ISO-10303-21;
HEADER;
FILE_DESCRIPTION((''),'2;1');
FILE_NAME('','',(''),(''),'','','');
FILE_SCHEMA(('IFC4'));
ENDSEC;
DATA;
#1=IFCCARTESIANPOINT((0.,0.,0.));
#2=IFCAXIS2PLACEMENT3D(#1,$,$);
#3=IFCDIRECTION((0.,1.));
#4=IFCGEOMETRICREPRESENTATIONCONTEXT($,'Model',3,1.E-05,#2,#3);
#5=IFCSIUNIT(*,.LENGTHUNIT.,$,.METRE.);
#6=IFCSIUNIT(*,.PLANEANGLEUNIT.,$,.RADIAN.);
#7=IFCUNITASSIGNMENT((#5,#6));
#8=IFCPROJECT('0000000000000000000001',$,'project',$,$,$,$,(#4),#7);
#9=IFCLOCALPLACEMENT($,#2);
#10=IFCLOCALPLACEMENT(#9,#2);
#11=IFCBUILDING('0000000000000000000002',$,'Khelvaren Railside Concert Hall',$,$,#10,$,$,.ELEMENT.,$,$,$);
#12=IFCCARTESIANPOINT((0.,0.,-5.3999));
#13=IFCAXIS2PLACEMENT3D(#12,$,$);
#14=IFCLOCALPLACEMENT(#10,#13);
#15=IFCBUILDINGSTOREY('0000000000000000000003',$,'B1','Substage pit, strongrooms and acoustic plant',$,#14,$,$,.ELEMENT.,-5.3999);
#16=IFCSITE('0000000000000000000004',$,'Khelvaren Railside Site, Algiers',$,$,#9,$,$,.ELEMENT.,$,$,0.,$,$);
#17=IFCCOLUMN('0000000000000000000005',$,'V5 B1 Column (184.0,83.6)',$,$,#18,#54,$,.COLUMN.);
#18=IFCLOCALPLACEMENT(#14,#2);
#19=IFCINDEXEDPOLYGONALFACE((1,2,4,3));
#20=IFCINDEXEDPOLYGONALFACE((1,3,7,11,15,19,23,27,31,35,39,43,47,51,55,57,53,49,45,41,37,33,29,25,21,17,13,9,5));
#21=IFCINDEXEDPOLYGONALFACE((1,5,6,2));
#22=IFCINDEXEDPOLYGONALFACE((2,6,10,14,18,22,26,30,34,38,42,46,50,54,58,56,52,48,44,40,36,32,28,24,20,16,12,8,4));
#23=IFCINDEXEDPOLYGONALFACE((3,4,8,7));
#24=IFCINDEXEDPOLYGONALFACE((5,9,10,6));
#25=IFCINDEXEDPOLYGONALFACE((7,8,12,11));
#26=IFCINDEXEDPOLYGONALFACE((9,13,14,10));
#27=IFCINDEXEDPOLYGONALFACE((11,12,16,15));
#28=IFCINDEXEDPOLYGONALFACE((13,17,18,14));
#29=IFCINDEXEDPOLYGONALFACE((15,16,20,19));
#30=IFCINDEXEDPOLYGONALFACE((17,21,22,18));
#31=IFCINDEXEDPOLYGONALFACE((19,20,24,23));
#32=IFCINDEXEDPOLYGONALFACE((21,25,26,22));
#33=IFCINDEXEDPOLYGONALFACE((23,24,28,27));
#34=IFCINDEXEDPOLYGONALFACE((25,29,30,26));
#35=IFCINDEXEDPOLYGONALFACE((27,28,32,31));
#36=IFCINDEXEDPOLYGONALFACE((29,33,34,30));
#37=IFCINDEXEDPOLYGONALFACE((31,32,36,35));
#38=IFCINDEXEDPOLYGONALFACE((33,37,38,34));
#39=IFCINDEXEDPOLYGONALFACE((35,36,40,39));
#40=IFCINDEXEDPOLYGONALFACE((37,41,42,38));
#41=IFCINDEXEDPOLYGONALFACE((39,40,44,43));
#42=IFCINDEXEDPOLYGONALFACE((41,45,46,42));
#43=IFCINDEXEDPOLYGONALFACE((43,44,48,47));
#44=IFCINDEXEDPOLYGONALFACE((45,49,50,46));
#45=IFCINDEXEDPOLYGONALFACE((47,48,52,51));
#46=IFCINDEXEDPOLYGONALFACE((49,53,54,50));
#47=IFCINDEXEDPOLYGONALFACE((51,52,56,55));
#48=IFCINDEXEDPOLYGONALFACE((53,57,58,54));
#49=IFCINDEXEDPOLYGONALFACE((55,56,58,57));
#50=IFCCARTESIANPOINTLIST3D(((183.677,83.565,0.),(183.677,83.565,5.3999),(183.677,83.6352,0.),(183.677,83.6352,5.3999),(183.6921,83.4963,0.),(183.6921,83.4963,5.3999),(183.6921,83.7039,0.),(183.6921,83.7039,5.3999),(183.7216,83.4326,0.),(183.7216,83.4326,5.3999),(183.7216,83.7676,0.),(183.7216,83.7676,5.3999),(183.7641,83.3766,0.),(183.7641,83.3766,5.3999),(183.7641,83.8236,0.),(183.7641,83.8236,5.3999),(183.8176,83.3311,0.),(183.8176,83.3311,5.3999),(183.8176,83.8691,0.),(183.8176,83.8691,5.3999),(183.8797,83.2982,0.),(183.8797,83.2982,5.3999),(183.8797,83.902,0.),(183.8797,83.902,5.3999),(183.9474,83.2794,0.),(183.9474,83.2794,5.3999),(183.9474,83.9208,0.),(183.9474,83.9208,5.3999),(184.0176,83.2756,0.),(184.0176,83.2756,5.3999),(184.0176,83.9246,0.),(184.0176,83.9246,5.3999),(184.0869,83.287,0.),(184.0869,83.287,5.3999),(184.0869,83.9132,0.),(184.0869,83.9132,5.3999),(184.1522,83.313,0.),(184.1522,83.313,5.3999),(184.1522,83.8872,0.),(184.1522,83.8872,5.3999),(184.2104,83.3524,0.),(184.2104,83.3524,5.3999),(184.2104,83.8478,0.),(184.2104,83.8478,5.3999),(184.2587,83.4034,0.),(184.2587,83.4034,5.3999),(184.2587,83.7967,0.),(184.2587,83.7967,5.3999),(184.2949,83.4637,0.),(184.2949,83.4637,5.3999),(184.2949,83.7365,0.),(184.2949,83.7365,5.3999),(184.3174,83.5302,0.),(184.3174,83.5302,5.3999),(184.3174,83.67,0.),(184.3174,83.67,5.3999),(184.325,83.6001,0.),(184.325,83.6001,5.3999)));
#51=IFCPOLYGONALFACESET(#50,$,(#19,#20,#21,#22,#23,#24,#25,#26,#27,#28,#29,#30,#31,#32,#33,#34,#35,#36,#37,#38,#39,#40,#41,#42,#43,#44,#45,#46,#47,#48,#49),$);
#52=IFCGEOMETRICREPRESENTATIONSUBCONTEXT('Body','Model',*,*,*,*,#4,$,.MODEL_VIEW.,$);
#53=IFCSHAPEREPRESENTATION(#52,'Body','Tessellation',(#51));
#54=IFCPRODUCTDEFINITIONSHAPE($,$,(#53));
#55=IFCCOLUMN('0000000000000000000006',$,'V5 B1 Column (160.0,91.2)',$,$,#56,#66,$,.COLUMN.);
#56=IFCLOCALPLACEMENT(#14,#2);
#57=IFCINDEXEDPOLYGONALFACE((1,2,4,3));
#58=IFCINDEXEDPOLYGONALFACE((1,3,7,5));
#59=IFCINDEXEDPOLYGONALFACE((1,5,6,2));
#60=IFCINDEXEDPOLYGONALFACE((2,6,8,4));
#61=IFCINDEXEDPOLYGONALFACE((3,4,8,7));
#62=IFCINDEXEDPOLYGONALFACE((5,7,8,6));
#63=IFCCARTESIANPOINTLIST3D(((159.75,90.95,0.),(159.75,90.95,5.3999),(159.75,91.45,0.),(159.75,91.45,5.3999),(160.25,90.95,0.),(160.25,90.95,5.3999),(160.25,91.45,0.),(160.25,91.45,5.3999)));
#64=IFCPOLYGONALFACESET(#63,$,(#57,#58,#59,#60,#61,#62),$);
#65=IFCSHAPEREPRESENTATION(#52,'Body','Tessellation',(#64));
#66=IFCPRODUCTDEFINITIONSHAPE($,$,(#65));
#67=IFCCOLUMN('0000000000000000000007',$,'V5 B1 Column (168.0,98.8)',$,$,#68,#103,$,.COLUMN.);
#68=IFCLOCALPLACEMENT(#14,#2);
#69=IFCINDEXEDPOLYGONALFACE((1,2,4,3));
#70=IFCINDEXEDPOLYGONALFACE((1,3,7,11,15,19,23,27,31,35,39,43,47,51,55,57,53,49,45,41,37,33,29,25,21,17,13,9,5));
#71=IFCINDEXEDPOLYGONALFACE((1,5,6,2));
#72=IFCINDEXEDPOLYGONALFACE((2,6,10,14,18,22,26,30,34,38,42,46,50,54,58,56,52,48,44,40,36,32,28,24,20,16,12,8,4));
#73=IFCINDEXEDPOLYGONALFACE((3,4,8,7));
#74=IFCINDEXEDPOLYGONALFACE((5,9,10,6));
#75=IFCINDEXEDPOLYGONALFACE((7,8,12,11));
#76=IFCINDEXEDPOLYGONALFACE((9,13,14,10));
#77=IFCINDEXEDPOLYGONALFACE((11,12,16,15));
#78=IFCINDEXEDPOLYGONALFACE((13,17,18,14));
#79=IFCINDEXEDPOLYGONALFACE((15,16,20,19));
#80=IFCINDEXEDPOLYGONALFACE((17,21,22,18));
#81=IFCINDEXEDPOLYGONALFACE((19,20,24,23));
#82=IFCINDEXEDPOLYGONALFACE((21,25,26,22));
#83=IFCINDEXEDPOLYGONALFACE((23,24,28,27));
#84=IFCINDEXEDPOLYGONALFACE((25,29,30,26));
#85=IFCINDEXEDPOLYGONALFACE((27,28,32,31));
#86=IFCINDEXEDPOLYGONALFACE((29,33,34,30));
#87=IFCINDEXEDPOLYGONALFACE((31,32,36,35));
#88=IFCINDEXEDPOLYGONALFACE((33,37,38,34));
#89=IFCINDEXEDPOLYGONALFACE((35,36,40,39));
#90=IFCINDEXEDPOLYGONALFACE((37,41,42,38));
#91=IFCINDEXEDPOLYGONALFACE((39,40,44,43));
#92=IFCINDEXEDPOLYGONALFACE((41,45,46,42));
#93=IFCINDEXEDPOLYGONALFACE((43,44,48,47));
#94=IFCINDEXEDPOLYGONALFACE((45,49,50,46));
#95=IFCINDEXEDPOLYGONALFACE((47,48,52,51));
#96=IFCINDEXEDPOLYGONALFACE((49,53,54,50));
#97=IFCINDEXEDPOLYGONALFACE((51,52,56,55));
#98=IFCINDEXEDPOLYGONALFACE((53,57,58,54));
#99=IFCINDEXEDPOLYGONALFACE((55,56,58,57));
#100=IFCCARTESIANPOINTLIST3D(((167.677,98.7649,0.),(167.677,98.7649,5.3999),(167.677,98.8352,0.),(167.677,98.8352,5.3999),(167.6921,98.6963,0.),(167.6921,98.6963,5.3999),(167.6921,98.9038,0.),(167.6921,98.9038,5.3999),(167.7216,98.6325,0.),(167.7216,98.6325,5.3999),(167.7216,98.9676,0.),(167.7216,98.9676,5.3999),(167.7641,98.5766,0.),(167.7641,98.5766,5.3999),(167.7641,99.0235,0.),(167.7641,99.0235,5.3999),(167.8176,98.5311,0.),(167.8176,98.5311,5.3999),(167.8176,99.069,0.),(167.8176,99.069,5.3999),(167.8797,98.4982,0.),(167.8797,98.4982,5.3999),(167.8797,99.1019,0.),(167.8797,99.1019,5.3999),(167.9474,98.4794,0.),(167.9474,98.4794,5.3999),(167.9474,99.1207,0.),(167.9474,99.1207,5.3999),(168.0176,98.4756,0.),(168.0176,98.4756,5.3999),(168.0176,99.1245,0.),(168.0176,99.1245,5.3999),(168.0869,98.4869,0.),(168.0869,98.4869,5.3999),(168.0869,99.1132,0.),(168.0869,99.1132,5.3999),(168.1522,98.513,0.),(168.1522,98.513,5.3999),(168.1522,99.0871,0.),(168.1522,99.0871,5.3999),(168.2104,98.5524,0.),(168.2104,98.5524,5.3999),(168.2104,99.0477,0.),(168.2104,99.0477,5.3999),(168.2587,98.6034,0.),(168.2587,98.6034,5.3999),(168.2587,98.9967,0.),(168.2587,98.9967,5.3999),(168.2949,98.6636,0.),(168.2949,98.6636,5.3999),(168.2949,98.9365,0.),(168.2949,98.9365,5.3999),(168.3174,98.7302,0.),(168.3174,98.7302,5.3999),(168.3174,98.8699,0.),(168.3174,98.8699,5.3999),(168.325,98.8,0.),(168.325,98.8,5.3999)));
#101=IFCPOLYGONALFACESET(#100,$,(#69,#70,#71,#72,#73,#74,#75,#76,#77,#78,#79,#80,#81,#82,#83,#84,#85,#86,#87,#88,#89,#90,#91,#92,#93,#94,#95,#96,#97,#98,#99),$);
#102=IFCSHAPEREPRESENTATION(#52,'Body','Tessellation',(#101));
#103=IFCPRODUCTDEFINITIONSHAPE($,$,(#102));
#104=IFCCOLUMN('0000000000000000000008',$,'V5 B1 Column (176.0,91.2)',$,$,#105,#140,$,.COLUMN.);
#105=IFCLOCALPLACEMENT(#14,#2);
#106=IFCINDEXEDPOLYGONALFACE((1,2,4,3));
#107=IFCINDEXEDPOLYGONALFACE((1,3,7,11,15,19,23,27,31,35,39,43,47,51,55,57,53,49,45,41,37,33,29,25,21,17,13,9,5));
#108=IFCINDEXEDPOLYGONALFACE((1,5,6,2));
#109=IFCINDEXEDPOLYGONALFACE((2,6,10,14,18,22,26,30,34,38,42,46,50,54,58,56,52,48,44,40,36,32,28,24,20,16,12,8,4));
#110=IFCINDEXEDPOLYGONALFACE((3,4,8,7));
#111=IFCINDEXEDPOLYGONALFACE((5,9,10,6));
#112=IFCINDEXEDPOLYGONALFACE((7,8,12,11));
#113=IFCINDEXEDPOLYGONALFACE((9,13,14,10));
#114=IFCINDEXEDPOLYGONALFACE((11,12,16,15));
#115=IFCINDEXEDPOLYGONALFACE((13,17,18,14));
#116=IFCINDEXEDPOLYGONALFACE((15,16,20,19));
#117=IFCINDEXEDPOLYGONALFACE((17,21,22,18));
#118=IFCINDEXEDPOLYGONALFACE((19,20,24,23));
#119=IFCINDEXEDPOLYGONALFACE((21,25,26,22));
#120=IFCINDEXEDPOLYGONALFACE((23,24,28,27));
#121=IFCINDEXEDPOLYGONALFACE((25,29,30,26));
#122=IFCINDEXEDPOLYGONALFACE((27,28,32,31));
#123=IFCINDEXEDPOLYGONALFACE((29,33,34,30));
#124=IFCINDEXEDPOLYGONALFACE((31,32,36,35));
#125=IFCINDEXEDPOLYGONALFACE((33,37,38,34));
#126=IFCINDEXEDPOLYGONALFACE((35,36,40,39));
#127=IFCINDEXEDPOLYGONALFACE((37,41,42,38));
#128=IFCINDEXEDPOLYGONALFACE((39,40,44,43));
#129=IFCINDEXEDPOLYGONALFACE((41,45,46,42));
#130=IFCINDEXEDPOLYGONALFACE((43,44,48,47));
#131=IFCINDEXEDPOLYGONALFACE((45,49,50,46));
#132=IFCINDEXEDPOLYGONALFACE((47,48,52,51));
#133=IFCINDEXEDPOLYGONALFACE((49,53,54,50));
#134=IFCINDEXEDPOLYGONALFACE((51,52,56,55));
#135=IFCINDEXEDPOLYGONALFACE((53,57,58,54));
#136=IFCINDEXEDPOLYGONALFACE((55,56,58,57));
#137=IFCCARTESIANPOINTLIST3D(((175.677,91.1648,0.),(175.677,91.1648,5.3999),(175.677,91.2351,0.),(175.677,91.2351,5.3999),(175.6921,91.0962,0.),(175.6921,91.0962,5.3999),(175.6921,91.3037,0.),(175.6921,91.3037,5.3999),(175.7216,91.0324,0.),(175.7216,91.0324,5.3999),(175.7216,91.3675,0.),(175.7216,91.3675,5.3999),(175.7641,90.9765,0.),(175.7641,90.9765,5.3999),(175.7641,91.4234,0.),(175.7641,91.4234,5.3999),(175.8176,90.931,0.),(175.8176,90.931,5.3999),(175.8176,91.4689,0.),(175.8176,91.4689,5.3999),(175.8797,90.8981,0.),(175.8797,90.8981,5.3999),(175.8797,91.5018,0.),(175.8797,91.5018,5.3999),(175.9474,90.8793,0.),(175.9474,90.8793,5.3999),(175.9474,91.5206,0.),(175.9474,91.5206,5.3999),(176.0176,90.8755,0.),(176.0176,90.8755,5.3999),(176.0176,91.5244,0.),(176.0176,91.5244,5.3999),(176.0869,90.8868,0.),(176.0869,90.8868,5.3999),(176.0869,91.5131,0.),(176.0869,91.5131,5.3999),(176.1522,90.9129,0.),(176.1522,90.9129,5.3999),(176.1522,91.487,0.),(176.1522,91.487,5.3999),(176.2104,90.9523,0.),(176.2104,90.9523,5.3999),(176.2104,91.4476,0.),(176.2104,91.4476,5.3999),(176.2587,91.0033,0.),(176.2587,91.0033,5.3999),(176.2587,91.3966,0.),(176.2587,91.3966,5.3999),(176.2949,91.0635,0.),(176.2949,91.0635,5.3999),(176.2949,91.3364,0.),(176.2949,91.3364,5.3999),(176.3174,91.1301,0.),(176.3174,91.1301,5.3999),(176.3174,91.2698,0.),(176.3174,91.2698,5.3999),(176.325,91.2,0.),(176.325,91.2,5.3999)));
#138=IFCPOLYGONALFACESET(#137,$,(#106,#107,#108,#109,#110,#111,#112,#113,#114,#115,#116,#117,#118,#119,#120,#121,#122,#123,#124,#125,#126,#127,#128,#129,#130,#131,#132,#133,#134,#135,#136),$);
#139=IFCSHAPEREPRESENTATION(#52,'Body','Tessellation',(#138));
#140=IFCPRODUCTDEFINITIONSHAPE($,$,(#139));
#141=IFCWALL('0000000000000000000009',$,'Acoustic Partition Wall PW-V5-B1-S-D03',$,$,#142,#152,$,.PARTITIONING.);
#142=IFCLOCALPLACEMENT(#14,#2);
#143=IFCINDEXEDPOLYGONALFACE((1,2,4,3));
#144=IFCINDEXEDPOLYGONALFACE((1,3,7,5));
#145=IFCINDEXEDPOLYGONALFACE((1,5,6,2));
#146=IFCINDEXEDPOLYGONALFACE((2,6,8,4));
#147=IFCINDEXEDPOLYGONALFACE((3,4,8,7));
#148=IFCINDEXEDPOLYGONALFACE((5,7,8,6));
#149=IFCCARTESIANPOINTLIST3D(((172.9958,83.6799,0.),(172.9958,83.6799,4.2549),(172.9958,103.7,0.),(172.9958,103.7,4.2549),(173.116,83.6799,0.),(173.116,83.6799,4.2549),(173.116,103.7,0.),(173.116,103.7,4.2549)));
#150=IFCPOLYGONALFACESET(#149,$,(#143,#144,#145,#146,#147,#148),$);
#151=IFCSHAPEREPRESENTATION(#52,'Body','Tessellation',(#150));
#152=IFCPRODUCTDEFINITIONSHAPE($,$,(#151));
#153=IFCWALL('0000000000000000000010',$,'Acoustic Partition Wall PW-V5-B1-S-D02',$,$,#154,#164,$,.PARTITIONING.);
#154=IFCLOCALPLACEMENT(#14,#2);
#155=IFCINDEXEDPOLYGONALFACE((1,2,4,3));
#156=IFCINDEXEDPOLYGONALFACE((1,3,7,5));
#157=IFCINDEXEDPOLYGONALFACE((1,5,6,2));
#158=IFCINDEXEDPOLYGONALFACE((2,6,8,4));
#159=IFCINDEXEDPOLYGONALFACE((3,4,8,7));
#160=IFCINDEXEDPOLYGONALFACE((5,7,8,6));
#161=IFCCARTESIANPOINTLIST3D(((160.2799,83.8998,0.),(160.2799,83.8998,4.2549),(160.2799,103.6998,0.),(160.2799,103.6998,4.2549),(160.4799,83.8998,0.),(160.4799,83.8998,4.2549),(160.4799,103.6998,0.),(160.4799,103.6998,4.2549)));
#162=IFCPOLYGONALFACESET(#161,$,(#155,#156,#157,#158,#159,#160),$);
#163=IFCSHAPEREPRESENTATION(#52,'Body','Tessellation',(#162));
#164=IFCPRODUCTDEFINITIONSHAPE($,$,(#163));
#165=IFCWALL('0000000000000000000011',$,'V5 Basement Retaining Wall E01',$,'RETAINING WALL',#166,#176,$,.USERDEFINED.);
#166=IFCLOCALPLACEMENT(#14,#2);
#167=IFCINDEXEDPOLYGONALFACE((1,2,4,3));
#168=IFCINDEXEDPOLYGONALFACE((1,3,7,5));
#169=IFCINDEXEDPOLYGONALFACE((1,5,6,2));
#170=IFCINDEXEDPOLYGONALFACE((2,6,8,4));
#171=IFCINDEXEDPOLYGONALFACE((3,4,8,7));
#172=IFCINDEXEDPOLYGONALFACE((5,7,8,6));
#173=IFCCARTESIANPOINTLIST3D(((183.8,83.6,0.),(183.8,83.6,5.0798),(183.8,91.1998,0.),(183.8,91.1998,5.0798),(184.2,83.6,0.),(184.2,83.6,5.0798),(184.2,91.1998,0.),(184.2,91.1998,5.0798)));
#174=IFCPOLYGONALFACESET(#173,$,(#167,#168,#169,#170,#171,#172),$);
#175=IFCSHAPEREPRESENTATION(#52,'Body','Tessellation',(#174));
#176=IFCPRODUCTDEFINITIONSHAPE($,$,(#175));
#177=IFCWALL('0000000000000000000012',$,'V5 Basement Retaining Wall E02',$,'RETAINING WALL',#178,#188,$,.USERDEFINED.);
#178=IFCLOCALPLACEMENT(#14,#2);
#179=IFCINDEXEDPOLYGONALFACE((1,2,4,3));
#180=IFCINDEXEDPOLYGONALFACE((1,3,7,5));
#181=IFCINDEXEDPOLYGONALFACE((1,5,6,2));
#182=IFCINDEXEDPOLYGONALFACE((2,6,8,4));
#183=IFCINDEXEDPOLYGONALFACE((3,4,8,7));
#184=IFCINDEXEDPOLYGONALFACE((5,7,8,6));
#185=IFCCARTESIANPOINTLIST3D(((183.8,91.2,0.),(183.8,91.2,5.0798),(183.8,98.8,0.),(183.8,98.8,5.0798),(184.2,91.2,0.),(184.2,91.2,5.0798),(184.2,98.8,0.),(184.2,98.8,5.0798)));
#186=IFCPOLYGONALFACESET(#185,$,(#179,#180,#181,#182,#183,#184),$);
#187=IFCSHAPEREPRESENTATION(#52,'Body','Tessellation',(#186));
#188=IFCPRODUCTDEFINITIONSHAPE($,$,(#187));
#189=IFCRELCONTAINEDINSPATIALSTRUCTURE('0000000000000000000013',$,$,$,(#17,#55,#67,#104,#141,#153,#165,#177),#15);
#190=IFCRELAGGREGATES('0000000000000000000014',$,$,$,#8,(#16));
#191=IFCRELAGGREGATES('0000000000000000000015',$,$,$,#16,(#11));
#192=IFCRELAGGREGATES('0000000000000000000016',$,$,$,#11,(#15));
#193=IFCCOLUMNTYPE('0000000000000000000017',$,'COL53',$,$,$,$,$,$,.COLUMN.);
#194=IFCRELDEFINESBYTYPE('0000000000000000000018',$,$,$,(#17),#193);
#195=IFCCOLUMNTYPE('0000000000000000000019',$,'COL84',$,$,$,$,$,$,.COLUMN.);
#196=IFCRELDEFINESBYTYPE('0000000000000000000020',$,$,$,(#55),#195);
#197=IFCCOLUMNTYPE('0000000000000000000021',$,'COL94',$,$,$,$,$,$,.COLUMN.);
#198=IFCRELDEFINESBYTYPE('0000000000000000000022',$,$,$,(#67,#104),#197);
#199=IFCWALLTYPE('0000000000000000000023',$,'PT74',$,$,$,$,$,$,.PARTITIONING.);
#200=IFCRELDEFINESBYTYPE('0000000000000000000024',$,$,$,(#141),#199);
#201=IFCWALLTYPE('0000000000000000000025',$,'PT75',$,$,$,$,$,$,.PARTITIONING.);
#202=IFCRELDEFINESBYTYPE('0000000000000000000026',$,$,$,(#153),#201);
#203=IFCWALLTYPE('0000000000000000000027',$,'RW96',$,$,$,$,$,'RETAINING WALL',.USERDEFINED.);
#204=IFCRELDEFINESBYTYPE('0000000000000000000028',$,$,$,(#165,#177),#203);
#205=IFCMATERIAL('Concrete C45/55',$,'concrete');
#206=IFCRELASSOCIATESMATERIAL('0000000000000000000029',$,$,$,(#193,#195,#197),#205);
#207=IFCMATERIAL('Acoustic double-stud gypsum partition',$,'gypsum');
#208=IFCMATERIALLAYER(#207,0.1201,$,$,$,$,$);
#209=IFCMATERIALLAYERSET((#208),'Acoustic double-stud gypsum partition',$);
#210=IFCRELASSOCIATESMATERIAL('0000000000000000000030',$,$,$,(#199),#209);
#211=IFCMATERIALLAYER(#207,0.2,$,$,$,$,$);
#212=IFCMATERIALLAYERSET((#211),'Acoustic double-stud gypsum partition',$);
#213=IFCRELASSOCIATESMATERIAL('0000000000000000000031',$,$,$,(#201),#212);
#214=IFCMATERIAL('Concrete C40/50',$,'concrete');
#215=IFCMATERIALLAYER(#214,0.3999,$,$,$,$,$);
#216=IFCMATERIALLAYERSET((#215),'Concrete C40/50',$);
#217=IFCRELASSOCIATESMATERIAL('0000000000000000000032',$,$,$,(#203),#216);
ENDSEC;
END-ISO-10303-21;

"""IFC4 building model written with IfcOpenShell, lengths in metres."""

from ifc_helpers import new_model, si_unit, direction, frame, frame_2d, origin, origin_2d, place, context, subcontext, project, spatial, rectangle, circle, extrude, material, layer, layer_set, material_profile, profile_set, type_object, element, save


model = new_model("IFC4")

# Units and contexts
model_context = context("Model", 3, precision=1e-05, world=origin(), true_north=direction((0.0, 1.0)))
body_context = subcontext(model_context, "Body", "Model", "MODEL_VIEW")
ifc_project = project(units=[si_unit("LENGTHUNIT", "METRE"), si_unit("PLANEANGLEUNIT", "RADIAN")], contexts=[model_context])

# Site, building, storey
site_placement = place(None, origin())
site = spatial("IfcSite", under=ifc_project, at=site_placement, Name="Khelvaren Railside Site, Algiers", CompositionType="ELEMENT", RefElevation=0.0)
building_placement = place(site_placement, origin())
building = spatial("IfcBuilding", under=site, at=building_placement, Name="Khelvaren Railside Concert Hall", CompositionType="ELEMENT")
storey_placement = place(building_placement, frame((0.0, 0.0, -5.3999)))
storey = spatial("IfcBuildingStorey", under=building, at=storey_placement, Name="B1", Description="Substage pit, strongrooms and acoustic plant", CompositionType="ELEMENT", Elevation=-5.3999)

# Columns
ifc_material_1 = material(Name="Concrete C45/55", Category="concrete")
ifc_material_profile_1 = material_profile(ifc_material_1, circle(Radius=0.325, at=origin_2d()), Name="RC D650")
ifc_profile_set_1 = profile_set([ifc_material_profile_1], Name="Concrete C45/55")
column_type_1 = type_object("IfcColumnType", Name="COL53", PredefinedType="COLUMN", material=ifc_profile_set_1)
column_1_placement = place(storey_placement, frame((184.0, 83.6001, 0.0), z_axis=(0.0, 0.0, 1.0), x_axis=(1.0, 0.0, 0.0)))
element("IfcColumn", 1, at=column_1_placement, inside=storey, type_object=column_type_1, Name="V5 B1 Column (184.0,83.6)", PredefinedType="COLUMN", context=body_context, shape_type="SweptSolid", body=[
    extrude(circle(Radius=0.325, at=origin_2d()), origin(), (0.0, 0.0, 1.0), 5.3999),
])
ifc_material_profile_2 = material_profile(ifc_material_1, rectangle(XDim=0.5, YDim=0.5, at=origin_2d()), Name="RC 500x500")
ifc_profile_set_2 = profile_set([ifc_material_profile_2], Name="Concrete C45/55")
column_type_2 = type_object("IfcColumnType", Name="COL84", PredefinedType="COLUMN", material=ifc_profile_set_2)
column_2_placement = place(storey_placement, frame((160.0, 91.2, 0.0), z_axis=(0.0, 0.0, 1.0), x_axis=(1.0, 0.0, 0.0)))
element("IfcColumn", 2, at=column_2_placement, inside=storey, type_object=column_type_2, Name="V5 B1 Column (160.0,91.2)", PredefinedType="COLUMN", context=body_context, shape_type="SweptSolid", body=[
    extrude(rectangle(XDim=0.5, YDim=0.5, at=origin_2d()), origin(), (0.0, 0.0, 1.0), 5.3999),
])
ifc_material_profile_3 = material_profile(ifc_material_1, circle(Radius=0.325, at=origin_2d()), Name="RC D650")
ifc_profile_set_3 = profile_set([ifc_material_profile_3], Name="Concrete C45/55")
column_type_3 = type_object("IfcColumnType", Name="COL94", PredefinedType="COLUMN", material=ifc_profile_set_3)
for number, where, z_axis, x_axis, name in (
    (3, (168.0, 98.8, 0.0), (0.0, 0.0, 1.0), (1.0, 0.0, 0.0), "V5 B1 Column (168.0,98.8)"),
    (4, (176.0, 91.2, 0.0), (0.0, 0.0, 1.0), (1.0, 0.0, 0.0), "V5 B1 Column (176.0,91.2)"),
):
    element("IfcColumn", number, at=place(storey_placement, frame(where, z_axis=z_axis, x_axis=x_axis)), inside=storey, type_object=column_type_3, Name=name, PredefinedType="COLUMN", context=body_context, shape_type="SweptSolid", body=[
        extrude(circle(Radius=0.325, at=origin_2d()), origin(), (0.0, 0.0, 1.0), 5.3999),
    ])

# Walls
ifc_material_2 = material(Name="Acoustic double-stud gypsum partition", Category="gypsum")
ifc_layer_1 = layer(ifc_material_2, 0.1201)
ifc_layer_set_1 = layer_set([ifc_layer_1], Name="Acoustic double-stud gypsum partition")
wall_type_1 = type_object("IfcWallType", Name="PT74", PredefinedType="PARTITIONING", material=ifc_layer_set_1)
wall_1_placement = place(storey_placement, frame((173.0559, 83.6799, 0.0), z_axis=(0.0, 0.0, 1.0), x_axis=(0.0, 1.0, 0.0)))
element("IfcWall", 5, at=wall_1_placement, inside=storey, type_object=wall_type_1, Name="Acoustic Partition Wall PW-V5-B1-S-D03", PredefinedType="PARTITIONING", context=body_context, shape_type="SweptSolid", body=[
    extrude(rectangle(XDim=20.02, YDim=0.1201, at=frame_2d((10.01, 0.0))), origin(), (0.0, 0.0, 1.0), 4.2549),
])
ifc_layer_2 = layer(ifc_material_2, 0.2)
ifc_layer_set_2 = layer_set([ifc_layer_2], Name="Acoustic double-stud gypsum partition")
wall_type_2 = type_object("IfcWallType", Name="PT75", PredefinedType="PARTITIONING", material=ifc_layer_set_2)
wall_2_placement = place(storey_placement, frame((160.3799, 83.8999, 0.0), z_axis=(0.0, 0.0, 1.0), x_axis=(0.0, 1.0, 0.0)))
element("IfcWall", 6, at=wall_2_placement, inside=storey, type_object=wall_type_2, Name="Acoustic Partition Wall PW-V5-B1-S-D02", PredefinedType="PARTITIONING", context=body_context, shape_type="SweptSolid", body=[
    extrude(rectangle(XDim=19.8, YDim=0.2, at=frame_2d((9.8999, 0.0))), origin(), (0.0, 0.0, 1.0), 4.2549),
])
ifc_material_3 = material(Name="Concrete C40/50", Category="concrete")
ifc_layer_3 = layer(ifc_material_3, 0.3999)
ifc_layer_set_3 = layer_set([ifc_layer_3], Name="Concrete C40/50")
wall_type_3 = type_object("IfcWallType", Name="RW96", ElementType="RETAINING WALL", PredefinedType="USERDEFINED", material=ifc_layer_set_3)
wall_3_placement = place(storey_placement, frame((184.0, 83.6001, 0.0), z_axis=(0.0, 0.0, 1.0), x_axis=(0.0, 1.0, 0.0)))
element("IfcWall", 7, at=wall_3_placement, inside=storey, type_object=wall_type_3, Name="V5 Basement Retaining Wall E01", ObjectType="RETAINING WALL", PredefinedType="USERDEFINED", context=body_context, shape_type="SweptSolid", body=[
    extrude(rectangle(XDim=7.5999, YDim=0.3999, at=frame_2d((3.7998, 0.0))), origin(), (0.0, 0.0, 1.0), 5.0798),
])
wall_4_placement = place(storey_placement, frame((184.0, 91.2, 0.0), z_axis=(0.0, 0.0, 1.0), x_axis=(0.0, 1.0, 0.0)))
element("IfcWall", 8, at=wall_4_placement, inside=storey, type_object=wall_type_3, Name="V5 Basement Retaining Wall E02", ObjectType="RETAINING WALL", PredefinedType="USERDEFINED", context=body_context, shape_type="SweptSolid", body=[
    extrude(rectangle(XDim=7.6001, YDim=0.3999, at=frame_2d((3.8, 0.0))), origin(), (0.0, 0.0, 1.0), 5.0798),
])

save(model, "model.ifc")
